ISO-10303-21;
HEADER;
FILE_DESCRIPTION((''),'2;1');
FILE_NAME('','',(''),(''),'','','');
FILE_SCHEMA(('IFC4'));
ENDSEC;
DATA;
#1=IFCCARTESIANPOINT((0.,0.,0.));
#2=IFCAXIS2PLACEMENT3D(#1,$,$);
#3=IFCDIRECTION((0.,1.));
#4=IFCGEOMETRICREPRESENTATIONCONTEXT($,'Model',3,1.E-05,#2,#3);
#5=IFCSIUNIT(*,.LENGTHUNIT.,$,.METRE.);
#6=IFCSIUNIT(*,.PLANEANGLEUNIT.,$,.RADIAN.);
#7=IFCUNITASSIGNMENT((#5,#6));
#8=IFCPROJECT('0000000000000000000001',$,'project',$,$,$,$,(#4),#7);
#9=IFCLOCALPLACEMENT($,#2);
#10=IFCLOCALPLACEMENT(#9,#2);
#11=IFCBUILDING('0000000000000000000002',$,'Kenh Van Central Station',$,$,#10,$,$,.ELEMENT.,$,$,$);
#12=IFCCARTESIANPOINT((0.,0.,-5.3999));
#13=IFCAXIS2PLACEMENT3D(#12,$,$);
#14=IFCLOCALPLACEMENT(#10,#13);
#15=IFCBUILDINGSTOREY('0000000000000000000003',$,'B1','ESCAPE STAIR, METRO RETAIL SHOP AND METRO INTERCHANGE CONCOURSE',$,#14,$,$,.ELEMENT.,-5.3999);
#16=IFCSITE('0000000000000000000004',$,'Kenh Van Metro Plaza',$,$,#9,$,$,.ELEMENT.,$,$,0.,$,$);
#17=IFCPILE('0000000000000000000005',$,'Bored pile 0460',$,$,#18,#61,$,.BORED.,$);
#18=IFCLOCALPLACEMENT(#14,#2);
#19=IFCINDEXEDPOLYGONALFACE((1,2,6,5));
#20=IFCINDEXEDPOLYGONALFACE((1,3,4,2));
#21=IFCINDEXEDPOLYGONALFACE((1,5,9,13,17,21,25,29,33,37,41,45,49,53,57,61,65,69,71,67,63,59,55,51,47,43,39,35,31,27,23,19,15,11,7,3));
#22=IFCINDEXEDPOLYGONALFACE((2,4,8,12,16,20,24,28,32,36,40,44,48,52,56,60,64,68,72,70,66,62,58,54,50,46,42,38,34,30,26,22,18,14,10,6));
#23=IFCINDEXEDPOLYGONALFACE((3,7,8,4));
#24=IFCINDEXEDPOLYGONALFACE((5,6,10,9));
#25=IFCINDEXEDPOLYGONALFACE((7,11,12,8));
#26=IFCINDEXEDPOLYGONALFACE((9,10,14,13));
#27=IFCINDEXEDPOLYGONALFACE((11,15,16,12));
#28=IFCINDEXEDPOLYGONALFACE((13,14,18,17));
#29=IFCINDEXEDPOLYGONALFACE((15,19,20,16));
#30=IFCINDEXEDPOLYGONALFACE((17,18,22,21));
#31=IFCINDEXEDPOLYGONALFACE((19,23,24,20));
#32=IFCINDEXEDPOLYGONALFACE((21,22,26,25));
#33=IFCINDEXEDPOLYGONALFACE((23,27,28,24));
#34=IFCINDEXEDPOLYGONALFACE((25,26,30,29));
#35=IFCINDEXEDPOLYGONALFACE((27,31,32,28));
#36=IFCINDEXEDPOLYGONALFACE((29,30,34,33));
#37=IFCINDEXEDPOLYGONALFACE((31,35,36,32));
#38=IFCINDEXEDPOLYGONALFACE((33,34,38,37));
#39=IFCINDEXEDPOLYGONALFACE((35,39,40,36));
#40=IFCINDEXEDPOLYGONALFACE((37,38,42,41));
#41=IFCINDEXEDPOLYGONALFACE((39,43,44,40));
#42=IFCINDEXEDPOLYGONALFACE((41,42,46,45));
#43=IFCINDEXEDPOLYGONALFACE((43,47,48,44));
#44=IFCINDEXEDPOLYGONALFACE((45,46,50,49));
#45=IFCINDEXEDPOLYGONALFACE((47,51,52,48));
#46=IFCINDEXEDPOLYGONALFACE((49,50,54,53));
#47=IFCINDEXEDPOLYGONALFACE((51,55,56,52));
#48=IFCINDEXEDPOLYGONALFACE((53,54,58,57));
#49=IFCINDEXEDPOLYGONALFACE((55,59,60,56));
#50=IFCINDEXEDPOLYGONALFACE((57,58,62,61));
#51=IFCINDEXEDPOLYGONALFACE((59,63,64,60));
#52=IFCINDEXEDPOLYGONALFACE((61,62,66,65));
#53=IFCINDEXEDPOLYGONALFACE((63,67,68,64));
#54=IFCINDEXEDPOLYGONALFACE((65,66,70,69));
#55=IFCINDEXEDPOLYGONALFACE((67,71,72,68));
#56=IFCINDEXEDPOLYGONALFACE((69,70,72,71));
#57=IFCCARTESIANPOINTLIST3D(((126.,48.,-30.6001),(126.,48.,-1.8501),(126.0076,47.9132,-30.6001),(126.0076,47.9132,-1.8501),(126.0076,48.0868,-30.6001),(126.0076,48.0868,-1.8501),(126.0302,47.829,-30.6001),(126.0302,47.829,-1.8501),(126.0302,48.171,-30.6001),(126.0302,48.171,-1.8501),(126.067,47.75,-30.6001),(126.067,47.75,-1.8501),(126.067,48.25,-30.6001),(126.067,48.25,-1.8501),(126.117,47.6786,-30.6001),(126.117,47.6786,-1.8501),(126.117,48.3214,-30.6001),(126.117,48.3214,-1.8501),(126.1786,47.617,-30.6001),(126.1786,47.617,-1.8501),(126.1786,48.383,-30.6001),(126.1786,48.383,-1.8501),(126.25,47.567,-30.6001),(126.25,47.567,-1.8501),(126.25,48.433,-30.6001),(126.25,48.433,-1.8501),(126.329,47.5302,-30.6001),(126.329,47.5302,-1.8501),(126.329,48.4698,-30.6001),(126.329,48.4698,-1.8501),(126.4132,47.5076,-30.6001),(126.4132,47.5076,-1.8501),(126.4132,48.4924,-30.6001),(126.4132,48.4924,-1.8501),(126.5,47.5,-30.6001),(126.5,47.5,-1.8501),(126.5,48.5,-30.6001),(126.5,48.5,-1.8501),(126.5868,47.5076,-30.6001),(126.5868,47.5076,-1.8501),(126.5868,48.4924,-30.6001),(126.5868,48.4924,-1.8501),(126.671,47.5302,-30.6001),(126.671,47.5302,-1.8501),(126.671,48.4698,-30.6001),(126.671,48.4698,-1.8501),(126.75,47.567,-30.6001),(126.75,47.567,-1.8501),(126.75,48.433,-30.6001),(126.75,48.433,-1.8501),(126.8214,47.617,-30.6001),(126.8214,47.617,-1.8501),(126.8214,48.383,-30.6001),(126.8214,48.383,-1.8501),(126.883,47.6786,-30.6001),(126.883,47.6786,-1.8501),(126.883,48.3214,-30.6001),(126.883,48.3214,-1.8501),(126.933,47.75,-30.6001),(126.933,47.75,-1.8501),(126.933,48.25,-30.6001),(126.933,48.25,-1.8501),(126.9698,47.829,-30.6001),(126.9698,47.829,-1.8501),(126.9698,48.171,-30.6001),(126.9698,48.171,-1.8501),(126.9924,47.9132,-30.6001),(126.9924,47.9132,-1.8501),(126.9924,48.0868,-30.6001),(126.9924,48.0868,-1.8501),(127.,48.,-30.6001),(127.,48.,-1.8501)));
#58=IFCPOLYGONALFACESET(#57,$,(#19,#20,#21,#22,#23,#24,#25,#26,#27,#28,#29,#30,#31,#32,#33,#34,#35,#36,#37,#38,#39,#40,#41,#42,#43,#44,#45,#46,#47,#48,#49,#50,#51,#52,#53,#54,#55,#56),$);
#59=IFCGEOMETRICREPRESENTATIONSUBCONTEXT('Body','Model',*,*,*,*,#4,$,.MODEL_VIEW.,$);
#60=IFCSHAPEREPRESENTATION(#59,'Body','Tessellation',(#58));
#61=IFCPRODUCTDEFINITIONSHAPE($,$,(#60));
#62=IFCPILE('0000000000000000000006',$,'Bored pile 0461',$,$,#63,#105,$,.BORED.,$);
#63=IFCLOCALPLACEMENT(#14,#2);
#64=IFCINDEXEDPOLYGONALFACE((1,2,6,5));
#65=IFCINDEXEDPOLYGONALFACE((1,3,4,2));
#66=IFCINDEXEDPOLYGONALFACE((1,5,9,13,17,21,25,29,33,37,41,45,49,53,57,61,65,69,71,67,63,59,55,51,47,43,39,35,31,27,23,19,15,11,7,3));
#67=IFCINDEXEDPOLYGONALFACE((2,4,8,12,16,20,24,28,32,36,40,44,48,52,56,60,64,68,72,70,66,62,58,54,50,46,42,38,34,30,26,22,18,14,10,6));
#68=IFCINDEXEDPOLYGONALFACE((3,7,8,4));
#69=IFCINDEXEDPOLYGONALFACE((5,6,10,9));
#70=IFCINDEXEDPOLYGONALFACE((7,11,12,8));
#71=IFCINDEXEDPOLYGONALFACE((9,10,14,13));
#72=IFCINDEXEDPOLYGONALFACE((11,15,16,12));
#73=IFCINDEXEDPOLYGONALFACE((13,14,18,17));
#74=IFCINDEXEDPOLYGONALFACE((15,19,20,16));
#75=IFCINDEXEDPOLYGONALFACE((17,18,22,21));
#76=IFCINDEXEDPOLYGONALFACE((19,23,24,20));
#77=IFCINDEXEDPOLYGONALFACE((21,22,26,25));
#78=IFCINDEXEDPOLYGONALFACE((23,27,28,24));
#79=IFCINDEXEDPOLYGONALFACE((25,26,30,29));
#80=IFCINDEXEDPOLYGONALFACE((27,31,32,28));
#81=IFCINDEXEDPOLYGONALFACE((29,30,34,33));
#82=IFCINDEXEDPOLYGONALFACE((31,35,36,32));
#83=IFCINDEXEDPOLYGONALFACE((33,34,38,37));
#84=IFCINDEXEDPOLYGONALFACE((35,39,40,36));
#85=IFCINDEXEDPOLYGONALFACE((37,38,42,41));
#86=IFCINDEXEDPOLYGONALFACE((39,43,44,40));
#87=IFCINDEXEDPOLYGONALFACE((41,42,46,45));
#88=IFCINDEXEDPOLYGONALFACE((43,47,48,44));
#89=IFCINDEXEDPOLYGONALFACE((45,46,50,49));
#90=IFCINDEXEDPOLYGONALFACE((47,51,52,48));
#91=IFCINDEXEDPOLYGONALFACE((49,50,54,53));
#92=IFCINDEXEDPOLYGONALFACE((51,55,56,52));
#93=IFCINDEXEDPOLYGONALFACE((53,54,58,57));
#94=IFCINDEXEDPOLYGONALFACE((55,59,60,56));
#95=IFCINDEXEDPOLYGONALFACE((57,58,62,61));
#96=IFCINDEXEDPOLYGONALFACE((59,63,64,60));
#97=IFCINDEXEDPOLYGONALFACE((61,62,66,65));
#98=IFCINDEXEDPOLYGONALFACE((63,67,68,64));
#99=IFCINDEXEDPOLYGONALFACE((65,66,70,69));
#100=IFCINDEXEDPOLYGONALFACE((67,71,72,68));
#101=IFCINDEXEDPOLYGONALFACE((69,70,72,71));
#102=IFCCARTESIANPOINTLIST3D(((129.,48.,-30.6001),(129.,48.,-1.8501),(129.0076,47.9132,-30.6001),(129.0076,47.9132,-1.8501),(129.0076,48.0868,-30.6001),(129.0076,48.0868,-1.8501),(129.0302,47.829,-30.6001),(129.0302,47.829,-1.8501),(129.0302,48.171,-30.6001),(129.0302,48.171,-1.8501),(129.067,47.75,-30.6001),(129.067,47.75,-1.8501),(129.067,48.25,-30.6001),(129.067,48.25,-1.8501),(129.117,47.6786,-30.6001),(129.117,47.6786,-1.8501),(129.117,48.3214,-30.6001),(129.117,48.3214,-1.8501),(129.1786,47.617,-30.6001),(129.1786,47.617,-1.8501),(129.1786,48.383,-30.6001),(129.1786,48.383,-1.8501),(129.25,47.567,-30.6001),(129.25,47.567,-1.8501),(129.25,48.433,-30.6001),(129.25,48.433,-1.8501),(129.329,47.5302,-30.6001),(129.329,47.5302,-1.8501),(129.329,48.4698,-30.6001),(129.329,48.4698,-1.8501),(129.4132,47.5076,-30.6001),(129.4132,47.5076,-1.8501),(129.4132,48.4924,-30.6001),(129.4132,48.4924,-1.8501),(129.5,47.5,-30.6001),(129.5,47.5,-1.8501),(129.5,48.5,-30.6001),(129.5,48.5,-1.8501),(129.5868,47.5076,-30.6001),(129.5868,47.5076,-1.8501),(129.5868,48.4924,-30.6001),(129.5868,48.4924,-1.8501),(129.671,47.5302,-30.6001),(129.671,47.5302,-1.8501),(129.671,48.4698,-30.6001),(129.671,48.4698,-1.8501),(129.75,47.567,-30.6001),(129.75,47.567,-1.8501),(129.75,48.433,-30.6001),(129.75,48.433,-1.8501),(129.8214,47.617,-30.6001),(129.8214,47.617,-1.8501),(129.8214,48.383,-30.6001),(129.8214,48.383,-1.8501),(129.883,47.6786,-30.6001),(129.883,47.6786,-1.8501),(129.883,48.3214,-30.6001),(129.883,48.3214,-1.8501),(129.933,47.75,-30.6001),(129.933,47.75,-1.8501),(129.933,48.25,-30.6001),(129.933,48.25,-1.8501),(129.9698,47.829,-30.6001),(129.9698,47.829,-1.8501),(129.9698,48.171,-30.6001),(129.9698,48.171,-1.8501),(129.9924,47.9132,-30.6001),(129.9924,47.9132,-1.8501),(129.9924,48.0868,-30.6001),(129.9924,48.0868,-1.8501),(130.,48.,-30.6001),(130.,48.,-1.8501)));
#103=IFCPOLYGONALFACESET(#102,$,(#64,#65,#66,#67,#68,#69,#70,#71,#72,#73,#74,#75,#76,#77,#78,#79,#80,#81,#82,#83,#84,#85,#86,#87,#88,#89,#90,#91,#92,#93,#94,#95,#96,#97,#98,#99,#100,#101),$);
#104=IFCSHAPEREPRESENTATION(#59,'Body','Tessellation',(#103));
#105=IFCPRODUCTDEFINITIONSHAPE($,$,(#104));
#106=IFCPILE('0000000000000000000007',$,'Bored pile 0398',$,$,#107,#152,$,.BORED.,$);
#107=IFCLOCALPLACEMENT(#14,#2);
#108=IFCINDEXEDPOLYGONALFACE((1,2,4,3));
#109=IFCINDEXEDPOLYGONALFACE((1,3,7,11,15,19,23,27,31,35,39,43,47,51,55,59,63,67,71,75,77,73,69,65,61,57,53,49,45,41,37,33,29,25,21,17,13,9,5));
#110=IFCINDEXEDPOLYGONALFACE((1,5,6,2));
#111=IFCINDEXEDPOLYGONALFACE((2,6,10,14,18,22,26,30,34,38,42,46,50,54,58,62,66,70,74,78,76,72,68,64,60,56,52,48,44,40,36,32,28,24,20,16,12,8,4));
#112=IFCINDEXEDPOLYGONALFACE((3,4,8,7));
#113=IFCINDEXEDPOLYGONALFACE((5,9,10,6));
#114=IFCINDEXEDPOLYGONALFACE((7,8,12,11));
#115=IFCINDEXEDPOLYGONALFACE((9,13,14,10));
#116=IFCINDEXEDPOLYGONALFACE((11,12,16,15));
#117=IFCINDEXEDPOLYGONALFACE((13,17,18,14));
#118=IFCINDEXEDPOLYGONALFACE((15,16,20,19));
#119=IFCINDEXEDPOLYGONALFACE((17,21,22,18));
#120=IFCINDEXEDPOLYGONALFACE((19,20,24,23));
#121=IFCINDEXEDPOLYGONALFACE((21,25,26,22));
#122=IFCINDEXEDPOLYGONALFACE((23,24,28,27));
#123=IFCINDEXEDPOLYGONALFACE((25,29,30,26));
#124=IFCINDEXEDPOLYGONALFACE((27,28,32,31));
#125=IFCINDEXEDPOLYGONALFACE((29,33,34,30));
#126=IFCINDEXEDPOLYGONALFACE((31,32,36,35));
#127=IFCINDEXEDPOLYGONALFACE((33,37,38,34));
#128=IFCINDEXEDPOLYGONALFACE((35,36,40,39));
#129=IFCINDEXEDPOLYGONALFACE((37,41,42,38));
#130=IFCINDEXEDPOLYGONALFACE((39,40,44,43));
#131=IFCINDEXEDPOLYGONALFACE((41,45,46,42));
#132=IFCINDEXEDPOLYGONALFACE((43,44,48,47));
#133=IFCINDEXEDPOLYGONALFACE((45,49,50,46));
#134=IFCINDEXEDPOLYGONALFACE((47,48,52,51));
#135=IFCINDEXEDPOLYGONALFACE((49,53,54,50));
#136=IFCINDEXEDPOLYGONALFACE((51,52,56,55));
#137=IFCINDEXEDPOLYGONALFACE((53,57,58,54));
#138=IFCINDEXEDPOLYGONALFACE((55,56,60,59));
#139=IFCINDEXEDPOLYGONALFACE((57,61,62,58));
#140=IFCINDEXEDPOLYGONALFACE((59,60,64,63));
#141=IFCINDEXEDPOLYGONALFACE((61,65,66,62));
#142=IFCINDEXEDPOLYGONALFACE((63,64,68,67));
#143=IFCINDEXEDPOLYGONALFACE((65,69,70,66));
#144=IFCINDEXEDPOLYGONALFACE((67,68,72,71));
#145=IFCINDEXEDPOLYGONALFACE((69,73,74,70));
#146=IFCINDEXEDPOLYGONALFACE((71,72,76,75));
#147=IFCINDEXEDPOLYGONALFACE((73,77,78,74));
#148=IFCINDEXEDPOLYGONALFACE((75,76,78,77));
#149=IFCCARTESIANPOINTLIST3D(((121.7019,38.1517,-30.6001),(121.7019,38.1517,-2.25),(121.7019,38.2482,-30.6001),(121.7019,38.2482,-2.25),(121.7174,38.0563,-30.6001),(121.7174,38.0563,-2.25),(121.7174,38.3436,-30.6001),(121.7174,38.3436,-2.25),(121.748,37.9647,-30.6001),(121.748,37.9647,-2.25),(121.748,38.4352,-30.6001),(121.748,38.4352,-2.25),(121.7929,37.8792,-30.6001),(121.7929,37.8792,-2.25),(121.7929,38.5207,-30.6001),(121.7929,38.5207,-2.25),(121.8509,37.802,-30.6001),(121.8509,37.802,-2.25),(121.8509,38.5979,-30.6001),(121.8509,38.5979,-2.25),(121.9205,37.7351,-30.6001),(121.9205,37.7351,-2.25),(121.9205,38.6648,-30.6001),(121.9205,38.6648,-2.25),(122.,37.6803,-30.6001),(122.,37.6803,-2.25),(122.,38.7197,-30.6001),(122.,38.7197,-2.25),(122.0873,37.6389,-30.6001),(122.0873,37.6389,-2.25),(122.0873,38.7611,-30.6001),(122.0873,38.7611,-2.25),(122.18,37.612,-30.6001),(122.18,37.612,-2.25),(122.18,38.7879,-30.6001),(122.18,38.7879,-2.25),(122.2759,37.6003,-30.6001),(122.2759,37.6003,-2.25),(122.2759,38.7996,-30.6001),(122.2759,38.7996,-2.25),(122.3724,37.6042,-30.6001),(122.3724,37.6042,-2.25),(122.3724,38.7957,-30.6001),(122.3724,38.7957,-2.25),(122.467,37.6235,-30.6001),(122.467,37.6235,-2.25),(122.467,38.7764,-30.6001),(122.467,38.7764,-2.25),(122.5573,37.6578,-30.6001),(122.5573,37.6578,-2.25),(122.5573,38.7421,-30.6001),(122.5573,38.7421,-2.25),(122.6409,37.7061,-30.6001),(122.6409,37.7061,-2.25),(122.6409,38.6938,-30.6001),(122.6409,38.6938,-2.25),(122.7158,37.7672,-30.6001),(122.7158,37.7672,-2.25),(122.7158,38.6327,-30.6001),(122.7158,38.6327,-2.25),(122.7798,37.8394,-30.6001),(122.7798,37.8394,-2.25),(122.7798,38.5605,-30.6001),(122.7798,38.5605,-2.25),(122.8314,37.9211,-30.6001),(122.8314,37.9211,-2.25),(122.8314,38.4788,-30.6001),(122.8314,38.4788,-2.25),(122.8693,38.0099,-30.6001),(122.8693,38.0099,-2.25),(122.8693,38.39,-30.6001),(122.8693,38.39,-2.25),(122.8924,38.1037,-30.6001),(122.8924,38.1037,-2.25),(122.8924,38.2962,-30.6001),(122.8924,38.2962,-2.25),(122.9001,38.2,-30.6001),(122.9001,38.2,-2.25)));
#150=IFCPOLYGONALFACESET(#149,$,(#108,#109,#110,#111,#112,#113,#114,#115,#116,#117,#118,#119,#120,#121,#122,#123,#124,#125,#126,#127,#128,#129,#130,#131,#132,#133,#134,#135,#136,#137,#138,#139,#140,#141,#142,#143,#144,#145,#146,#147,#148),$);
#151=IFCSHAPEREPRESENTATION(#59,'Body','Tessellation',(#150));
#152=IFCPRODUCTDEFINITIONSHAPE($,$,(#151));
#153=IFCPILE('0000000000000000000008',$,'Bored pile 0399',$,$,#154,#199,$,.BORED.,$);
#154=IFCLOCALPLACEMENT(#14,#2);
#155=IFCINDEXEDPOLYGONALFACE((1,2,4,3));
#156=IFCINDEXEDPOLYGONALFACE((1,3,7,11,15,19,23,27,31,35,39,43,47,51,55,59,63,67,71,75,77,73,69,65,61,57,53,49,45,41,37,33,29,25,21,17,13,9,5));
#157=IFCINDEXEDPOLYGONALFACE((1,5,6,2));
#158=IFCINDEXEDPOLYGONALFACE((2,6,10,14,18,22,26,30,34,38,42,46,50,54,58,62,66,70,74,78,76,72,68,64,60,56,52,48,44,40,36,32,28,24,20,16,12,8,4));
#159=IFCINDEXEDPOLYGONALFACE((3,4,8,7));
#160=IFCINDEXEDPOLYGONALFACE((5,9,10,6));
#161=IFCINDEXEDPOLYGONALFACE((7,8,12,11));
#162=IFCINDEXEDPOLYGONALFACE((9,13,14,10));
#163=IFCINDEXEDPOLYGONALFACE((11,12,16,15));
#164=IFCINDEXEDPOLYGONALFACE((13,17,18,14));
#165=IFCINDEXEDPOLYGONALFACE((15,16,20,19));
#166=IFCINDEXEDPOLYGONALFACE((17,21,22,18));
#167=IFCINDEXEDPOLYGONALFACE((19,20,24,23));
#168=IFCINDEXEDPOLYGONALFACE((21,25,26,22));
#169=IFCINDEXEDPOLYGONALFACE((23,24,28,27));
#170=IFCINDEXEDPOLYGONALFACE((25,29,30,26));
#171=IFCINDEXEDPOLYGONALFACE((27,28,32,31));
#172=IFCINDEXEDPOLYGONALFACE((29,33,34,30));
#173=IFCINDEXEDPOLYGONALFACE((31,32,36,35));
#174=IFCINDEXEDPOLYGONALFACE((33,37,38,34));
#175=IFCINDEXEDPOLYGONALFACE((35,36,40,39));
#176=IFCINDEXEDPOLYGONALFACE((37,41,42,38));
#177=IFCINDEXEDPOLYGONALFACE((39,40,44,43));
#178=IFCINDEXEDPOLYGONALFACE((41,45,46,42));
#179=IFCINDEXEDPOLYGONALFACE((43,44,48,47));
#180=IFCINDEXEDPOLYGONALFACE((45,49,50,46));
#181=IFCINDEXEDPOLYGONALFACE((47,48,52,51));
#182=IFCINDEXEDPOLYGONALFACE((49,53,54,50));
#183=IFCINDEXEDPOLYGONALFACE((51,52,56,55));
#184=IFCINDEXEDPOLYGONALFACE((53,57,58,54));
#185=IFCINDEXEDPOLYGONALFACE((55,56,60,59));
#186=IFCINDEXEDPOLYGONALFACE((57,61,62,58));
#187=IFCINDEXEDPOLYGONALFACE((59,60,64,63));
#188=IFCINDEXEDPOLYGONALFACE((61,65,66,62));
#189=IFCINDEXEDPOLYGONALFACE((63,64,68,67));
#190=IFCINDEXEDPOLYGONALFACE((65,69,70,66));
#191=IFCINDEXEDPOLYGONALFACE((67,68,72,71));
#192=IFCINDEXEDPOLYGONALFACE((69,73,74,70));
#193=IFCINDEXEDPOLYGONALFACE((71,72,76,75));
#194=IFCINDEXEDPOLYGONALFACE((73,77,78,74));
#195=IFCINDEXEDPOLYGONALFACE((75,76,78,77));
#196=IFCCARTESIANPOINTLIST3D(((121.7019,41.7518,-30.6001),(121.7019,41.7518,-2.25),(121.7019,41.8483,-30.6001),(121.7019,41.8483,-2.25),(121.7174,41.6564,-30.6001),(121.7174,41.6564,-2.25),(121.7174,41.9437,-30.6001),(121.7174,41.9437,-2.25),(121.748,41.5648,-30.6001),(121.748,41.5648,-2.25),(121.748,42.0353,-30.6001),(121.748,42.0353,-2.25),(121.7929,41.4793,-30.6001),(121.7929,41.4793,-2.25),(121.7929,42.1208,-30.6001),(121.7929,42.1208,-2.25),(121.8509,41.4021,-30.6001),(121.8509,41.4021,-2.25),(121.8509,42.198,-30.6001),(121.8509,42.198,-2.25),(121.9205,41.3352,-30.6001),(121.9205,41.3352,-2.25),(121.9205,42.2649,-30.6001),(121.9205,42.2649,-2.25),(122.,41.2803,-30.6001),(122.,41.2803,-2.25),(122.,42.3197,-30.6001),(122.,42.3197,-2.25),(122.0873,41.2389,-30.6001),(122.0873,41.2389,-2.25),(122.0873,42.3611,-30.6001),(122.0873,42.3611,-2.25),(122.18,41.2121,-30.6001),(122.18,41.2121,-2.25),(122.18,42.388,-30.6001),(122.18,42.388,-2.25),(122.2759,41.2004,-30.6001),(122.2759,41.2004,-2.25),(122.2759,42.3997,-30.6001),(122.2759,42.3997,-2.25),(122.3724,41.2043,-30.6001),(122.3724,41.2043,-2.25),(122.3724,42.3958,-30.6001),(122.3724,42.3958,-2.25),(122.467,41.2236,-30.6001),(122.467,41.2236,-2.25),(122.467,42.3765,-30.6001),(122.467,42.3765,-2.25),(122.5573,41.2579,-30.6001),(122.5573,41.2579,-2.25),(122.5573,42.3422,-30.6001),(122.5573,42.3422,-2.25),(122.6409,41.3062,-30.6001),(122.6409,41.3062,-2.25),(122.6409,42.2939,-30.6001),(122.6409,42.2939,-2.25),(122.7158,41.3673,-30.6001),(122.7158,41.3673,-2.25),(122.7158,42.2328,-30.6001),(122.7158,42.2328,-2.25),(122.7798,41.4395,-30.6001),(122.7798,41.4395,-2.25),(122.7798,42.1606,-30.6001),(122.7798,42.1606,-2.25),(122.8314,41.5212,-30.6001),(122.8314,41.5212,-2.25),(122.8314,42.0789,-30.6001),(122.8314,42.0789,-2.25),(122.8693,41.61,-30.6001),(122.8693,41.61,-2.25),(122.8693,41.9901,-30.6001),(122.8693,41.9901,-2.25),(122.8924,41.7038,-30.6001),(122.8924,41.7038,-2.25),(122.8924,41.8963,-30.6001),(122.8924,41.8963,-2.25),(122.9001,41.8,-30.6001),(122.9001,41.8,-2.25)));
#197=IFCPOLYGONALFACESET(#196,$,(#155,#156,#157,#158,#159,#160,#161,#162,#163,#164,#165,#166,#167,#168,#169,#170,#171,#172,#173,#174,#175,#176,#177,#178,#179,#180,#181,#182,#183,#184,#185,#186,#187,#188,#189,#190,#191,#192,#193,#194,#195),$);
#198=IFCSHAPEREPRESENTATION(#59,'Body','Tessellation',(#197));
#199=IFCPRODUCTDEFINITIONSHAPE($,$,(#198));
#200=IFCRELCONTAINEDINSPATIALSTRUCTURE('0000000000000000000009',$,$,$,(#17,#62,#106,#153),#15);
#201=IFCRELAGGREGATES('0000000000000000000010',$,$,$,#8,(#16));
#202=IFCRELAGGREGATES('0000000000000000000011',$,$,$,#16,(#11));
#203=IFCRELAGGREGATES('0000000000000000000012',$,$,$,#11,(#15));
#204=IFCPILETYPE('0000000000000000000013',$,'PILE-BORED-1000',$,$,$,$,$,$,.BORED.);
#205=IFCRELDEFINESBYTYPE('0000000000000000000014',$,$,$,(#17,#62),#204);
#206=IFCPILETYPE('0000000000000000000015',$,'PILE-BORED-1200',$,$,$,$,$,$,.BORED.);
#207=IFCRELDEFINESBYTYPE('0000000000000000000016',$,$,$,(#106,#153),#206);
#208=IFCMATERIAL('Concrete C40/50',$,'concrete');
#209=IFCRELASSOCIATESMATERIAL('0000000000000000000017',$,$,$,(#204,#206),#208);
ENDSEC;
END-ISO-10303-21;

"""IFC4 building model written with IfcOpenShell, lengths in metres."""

from ifc_helpers import new_model, si_unit, direction, frame, origin, origin_2d, place, context, subcontext, project, spatial, circle, extrude, material, material_profile, profile_set, type_object, element, save


model = new_model("IFC4")

# Units and contexts
model_context = context("Model", 3, precision=1e-05, world=origin(), true_north=direction((0.0, 1.0)))
body_context = subcontext(model_context, "Body", "Model", "MODEL_VIEW")
ifc_project = project(units=[si_unit("LENGTHUNIT", "METRE"), si_unit("PLANEANGLEUNIT", "RADIAN")], contexts=[model_context])

# Site, building, storey
site_placement = place(None, origin())
site = spatial("IfcSite", under=ifc_project, at=site_placement, Name="Kenh Van Metro Plaza", CompositionType="ELEMENT", RefElevation=0.0)
building_placement = place(site_placement, origin())
building = spatial("IfcBuilding", under=site, at=building_placement, Name="Kenh Van Central Station", CompositionType="ELEMENT")
storey_placement = place(building_placement, frame((0.0, 0.0, -5.3999)))
storey = spatial("IfcBuildingStorey", under=building, at=storey_placement, Name="B1", Description="ESCAPE STAIR, METRO RETAIL SHOP AND METRO INTERCHANGE CONCOURSE", CompositionType="ELEMENT", Elevation=-5.3999)

# Shared definitions
ifc_material_1 = material(Name="Concrete C40/50", Category="concrete")

# Piles
ifc_material_profile_1 = material_profile(ifc_material_1, circle(Radius=0.5, at=origin_2d()), Name="PILE D1000")
ifc_profile_set_1 = profile_set([ifc_material_profile_1], Name="Concrete C40/50")
pile_type_1 = type_object("IfcPileType", Name="PILE-BORED-1000", PredefinedType="BORED", material=ifc_profile_set_1)
for number, where, z_axis, x_axis, name in (
    (1, (126.5, 48.0, -1.8501), (0.0, 0.0, -1.0), (1.0, 0.0, 0.0), "Bored pile 0460"),
    (2, (129.5, 48.0, -1.8501), (0.0, 0.0, -1.0), (1.0, 0.0, 0.0), "Bored pile 0461"),
):
    element("IfcPile", number, at=place(storey_placement, frame(where, z_axis=z_axis, x_axis=x_axis)), inside=storey, type_object=pile_type_1, Name=name, PredefinedType="BORED", context=body_context, shape_type="SweptSolid", body=[
        extrude(circle(Radius=0.5, at=origin_2d()), origin(), (0.0, 0.0, 1.0), 28.75),
    ])
ifc_material_profile_2 = material_profile(ifc_material_1, circle(Radius=0.6001, at=origin_2d()), Name="PILE D1200")
ifc_profile_set_2 = profile_set([ifc_material_profile_2], Name="Concrete C40/50")
pile_type_2 = type_object("IfcPileType", Name="PILE-BORED-1200", PredefinedType="BORED", material=ifc_profile_set_2)
for number, where, z_axis, x_axis, name in (
    (3, (122.3, 38.2, -2.25), (0.0, 0.0, -1.0), (1.0, 0.0, 0.0), "Bored pile 0398"),
    (4, (122.3, 41.8, -2.25), (0.0, 0.0, -1.0), (1.0, 0.0, 0.0), "Bored pile 0399"),
):
    element("IfcPile", number, at=place(storey_placement, frame(where, z_axis=z_axis, x_axis=x_axis)), inside=storey, type_object=pile_type_2, Name=name, PredefinedType="BORED", context=body_context, shape_type="SweptSolid", body=[
        extrude(circle(Radius=0.6001, at=origin_2d()), origin(), (0.0, 0.0, 1.0), 28.3501),
    ])

save(model, "model.ifc")
